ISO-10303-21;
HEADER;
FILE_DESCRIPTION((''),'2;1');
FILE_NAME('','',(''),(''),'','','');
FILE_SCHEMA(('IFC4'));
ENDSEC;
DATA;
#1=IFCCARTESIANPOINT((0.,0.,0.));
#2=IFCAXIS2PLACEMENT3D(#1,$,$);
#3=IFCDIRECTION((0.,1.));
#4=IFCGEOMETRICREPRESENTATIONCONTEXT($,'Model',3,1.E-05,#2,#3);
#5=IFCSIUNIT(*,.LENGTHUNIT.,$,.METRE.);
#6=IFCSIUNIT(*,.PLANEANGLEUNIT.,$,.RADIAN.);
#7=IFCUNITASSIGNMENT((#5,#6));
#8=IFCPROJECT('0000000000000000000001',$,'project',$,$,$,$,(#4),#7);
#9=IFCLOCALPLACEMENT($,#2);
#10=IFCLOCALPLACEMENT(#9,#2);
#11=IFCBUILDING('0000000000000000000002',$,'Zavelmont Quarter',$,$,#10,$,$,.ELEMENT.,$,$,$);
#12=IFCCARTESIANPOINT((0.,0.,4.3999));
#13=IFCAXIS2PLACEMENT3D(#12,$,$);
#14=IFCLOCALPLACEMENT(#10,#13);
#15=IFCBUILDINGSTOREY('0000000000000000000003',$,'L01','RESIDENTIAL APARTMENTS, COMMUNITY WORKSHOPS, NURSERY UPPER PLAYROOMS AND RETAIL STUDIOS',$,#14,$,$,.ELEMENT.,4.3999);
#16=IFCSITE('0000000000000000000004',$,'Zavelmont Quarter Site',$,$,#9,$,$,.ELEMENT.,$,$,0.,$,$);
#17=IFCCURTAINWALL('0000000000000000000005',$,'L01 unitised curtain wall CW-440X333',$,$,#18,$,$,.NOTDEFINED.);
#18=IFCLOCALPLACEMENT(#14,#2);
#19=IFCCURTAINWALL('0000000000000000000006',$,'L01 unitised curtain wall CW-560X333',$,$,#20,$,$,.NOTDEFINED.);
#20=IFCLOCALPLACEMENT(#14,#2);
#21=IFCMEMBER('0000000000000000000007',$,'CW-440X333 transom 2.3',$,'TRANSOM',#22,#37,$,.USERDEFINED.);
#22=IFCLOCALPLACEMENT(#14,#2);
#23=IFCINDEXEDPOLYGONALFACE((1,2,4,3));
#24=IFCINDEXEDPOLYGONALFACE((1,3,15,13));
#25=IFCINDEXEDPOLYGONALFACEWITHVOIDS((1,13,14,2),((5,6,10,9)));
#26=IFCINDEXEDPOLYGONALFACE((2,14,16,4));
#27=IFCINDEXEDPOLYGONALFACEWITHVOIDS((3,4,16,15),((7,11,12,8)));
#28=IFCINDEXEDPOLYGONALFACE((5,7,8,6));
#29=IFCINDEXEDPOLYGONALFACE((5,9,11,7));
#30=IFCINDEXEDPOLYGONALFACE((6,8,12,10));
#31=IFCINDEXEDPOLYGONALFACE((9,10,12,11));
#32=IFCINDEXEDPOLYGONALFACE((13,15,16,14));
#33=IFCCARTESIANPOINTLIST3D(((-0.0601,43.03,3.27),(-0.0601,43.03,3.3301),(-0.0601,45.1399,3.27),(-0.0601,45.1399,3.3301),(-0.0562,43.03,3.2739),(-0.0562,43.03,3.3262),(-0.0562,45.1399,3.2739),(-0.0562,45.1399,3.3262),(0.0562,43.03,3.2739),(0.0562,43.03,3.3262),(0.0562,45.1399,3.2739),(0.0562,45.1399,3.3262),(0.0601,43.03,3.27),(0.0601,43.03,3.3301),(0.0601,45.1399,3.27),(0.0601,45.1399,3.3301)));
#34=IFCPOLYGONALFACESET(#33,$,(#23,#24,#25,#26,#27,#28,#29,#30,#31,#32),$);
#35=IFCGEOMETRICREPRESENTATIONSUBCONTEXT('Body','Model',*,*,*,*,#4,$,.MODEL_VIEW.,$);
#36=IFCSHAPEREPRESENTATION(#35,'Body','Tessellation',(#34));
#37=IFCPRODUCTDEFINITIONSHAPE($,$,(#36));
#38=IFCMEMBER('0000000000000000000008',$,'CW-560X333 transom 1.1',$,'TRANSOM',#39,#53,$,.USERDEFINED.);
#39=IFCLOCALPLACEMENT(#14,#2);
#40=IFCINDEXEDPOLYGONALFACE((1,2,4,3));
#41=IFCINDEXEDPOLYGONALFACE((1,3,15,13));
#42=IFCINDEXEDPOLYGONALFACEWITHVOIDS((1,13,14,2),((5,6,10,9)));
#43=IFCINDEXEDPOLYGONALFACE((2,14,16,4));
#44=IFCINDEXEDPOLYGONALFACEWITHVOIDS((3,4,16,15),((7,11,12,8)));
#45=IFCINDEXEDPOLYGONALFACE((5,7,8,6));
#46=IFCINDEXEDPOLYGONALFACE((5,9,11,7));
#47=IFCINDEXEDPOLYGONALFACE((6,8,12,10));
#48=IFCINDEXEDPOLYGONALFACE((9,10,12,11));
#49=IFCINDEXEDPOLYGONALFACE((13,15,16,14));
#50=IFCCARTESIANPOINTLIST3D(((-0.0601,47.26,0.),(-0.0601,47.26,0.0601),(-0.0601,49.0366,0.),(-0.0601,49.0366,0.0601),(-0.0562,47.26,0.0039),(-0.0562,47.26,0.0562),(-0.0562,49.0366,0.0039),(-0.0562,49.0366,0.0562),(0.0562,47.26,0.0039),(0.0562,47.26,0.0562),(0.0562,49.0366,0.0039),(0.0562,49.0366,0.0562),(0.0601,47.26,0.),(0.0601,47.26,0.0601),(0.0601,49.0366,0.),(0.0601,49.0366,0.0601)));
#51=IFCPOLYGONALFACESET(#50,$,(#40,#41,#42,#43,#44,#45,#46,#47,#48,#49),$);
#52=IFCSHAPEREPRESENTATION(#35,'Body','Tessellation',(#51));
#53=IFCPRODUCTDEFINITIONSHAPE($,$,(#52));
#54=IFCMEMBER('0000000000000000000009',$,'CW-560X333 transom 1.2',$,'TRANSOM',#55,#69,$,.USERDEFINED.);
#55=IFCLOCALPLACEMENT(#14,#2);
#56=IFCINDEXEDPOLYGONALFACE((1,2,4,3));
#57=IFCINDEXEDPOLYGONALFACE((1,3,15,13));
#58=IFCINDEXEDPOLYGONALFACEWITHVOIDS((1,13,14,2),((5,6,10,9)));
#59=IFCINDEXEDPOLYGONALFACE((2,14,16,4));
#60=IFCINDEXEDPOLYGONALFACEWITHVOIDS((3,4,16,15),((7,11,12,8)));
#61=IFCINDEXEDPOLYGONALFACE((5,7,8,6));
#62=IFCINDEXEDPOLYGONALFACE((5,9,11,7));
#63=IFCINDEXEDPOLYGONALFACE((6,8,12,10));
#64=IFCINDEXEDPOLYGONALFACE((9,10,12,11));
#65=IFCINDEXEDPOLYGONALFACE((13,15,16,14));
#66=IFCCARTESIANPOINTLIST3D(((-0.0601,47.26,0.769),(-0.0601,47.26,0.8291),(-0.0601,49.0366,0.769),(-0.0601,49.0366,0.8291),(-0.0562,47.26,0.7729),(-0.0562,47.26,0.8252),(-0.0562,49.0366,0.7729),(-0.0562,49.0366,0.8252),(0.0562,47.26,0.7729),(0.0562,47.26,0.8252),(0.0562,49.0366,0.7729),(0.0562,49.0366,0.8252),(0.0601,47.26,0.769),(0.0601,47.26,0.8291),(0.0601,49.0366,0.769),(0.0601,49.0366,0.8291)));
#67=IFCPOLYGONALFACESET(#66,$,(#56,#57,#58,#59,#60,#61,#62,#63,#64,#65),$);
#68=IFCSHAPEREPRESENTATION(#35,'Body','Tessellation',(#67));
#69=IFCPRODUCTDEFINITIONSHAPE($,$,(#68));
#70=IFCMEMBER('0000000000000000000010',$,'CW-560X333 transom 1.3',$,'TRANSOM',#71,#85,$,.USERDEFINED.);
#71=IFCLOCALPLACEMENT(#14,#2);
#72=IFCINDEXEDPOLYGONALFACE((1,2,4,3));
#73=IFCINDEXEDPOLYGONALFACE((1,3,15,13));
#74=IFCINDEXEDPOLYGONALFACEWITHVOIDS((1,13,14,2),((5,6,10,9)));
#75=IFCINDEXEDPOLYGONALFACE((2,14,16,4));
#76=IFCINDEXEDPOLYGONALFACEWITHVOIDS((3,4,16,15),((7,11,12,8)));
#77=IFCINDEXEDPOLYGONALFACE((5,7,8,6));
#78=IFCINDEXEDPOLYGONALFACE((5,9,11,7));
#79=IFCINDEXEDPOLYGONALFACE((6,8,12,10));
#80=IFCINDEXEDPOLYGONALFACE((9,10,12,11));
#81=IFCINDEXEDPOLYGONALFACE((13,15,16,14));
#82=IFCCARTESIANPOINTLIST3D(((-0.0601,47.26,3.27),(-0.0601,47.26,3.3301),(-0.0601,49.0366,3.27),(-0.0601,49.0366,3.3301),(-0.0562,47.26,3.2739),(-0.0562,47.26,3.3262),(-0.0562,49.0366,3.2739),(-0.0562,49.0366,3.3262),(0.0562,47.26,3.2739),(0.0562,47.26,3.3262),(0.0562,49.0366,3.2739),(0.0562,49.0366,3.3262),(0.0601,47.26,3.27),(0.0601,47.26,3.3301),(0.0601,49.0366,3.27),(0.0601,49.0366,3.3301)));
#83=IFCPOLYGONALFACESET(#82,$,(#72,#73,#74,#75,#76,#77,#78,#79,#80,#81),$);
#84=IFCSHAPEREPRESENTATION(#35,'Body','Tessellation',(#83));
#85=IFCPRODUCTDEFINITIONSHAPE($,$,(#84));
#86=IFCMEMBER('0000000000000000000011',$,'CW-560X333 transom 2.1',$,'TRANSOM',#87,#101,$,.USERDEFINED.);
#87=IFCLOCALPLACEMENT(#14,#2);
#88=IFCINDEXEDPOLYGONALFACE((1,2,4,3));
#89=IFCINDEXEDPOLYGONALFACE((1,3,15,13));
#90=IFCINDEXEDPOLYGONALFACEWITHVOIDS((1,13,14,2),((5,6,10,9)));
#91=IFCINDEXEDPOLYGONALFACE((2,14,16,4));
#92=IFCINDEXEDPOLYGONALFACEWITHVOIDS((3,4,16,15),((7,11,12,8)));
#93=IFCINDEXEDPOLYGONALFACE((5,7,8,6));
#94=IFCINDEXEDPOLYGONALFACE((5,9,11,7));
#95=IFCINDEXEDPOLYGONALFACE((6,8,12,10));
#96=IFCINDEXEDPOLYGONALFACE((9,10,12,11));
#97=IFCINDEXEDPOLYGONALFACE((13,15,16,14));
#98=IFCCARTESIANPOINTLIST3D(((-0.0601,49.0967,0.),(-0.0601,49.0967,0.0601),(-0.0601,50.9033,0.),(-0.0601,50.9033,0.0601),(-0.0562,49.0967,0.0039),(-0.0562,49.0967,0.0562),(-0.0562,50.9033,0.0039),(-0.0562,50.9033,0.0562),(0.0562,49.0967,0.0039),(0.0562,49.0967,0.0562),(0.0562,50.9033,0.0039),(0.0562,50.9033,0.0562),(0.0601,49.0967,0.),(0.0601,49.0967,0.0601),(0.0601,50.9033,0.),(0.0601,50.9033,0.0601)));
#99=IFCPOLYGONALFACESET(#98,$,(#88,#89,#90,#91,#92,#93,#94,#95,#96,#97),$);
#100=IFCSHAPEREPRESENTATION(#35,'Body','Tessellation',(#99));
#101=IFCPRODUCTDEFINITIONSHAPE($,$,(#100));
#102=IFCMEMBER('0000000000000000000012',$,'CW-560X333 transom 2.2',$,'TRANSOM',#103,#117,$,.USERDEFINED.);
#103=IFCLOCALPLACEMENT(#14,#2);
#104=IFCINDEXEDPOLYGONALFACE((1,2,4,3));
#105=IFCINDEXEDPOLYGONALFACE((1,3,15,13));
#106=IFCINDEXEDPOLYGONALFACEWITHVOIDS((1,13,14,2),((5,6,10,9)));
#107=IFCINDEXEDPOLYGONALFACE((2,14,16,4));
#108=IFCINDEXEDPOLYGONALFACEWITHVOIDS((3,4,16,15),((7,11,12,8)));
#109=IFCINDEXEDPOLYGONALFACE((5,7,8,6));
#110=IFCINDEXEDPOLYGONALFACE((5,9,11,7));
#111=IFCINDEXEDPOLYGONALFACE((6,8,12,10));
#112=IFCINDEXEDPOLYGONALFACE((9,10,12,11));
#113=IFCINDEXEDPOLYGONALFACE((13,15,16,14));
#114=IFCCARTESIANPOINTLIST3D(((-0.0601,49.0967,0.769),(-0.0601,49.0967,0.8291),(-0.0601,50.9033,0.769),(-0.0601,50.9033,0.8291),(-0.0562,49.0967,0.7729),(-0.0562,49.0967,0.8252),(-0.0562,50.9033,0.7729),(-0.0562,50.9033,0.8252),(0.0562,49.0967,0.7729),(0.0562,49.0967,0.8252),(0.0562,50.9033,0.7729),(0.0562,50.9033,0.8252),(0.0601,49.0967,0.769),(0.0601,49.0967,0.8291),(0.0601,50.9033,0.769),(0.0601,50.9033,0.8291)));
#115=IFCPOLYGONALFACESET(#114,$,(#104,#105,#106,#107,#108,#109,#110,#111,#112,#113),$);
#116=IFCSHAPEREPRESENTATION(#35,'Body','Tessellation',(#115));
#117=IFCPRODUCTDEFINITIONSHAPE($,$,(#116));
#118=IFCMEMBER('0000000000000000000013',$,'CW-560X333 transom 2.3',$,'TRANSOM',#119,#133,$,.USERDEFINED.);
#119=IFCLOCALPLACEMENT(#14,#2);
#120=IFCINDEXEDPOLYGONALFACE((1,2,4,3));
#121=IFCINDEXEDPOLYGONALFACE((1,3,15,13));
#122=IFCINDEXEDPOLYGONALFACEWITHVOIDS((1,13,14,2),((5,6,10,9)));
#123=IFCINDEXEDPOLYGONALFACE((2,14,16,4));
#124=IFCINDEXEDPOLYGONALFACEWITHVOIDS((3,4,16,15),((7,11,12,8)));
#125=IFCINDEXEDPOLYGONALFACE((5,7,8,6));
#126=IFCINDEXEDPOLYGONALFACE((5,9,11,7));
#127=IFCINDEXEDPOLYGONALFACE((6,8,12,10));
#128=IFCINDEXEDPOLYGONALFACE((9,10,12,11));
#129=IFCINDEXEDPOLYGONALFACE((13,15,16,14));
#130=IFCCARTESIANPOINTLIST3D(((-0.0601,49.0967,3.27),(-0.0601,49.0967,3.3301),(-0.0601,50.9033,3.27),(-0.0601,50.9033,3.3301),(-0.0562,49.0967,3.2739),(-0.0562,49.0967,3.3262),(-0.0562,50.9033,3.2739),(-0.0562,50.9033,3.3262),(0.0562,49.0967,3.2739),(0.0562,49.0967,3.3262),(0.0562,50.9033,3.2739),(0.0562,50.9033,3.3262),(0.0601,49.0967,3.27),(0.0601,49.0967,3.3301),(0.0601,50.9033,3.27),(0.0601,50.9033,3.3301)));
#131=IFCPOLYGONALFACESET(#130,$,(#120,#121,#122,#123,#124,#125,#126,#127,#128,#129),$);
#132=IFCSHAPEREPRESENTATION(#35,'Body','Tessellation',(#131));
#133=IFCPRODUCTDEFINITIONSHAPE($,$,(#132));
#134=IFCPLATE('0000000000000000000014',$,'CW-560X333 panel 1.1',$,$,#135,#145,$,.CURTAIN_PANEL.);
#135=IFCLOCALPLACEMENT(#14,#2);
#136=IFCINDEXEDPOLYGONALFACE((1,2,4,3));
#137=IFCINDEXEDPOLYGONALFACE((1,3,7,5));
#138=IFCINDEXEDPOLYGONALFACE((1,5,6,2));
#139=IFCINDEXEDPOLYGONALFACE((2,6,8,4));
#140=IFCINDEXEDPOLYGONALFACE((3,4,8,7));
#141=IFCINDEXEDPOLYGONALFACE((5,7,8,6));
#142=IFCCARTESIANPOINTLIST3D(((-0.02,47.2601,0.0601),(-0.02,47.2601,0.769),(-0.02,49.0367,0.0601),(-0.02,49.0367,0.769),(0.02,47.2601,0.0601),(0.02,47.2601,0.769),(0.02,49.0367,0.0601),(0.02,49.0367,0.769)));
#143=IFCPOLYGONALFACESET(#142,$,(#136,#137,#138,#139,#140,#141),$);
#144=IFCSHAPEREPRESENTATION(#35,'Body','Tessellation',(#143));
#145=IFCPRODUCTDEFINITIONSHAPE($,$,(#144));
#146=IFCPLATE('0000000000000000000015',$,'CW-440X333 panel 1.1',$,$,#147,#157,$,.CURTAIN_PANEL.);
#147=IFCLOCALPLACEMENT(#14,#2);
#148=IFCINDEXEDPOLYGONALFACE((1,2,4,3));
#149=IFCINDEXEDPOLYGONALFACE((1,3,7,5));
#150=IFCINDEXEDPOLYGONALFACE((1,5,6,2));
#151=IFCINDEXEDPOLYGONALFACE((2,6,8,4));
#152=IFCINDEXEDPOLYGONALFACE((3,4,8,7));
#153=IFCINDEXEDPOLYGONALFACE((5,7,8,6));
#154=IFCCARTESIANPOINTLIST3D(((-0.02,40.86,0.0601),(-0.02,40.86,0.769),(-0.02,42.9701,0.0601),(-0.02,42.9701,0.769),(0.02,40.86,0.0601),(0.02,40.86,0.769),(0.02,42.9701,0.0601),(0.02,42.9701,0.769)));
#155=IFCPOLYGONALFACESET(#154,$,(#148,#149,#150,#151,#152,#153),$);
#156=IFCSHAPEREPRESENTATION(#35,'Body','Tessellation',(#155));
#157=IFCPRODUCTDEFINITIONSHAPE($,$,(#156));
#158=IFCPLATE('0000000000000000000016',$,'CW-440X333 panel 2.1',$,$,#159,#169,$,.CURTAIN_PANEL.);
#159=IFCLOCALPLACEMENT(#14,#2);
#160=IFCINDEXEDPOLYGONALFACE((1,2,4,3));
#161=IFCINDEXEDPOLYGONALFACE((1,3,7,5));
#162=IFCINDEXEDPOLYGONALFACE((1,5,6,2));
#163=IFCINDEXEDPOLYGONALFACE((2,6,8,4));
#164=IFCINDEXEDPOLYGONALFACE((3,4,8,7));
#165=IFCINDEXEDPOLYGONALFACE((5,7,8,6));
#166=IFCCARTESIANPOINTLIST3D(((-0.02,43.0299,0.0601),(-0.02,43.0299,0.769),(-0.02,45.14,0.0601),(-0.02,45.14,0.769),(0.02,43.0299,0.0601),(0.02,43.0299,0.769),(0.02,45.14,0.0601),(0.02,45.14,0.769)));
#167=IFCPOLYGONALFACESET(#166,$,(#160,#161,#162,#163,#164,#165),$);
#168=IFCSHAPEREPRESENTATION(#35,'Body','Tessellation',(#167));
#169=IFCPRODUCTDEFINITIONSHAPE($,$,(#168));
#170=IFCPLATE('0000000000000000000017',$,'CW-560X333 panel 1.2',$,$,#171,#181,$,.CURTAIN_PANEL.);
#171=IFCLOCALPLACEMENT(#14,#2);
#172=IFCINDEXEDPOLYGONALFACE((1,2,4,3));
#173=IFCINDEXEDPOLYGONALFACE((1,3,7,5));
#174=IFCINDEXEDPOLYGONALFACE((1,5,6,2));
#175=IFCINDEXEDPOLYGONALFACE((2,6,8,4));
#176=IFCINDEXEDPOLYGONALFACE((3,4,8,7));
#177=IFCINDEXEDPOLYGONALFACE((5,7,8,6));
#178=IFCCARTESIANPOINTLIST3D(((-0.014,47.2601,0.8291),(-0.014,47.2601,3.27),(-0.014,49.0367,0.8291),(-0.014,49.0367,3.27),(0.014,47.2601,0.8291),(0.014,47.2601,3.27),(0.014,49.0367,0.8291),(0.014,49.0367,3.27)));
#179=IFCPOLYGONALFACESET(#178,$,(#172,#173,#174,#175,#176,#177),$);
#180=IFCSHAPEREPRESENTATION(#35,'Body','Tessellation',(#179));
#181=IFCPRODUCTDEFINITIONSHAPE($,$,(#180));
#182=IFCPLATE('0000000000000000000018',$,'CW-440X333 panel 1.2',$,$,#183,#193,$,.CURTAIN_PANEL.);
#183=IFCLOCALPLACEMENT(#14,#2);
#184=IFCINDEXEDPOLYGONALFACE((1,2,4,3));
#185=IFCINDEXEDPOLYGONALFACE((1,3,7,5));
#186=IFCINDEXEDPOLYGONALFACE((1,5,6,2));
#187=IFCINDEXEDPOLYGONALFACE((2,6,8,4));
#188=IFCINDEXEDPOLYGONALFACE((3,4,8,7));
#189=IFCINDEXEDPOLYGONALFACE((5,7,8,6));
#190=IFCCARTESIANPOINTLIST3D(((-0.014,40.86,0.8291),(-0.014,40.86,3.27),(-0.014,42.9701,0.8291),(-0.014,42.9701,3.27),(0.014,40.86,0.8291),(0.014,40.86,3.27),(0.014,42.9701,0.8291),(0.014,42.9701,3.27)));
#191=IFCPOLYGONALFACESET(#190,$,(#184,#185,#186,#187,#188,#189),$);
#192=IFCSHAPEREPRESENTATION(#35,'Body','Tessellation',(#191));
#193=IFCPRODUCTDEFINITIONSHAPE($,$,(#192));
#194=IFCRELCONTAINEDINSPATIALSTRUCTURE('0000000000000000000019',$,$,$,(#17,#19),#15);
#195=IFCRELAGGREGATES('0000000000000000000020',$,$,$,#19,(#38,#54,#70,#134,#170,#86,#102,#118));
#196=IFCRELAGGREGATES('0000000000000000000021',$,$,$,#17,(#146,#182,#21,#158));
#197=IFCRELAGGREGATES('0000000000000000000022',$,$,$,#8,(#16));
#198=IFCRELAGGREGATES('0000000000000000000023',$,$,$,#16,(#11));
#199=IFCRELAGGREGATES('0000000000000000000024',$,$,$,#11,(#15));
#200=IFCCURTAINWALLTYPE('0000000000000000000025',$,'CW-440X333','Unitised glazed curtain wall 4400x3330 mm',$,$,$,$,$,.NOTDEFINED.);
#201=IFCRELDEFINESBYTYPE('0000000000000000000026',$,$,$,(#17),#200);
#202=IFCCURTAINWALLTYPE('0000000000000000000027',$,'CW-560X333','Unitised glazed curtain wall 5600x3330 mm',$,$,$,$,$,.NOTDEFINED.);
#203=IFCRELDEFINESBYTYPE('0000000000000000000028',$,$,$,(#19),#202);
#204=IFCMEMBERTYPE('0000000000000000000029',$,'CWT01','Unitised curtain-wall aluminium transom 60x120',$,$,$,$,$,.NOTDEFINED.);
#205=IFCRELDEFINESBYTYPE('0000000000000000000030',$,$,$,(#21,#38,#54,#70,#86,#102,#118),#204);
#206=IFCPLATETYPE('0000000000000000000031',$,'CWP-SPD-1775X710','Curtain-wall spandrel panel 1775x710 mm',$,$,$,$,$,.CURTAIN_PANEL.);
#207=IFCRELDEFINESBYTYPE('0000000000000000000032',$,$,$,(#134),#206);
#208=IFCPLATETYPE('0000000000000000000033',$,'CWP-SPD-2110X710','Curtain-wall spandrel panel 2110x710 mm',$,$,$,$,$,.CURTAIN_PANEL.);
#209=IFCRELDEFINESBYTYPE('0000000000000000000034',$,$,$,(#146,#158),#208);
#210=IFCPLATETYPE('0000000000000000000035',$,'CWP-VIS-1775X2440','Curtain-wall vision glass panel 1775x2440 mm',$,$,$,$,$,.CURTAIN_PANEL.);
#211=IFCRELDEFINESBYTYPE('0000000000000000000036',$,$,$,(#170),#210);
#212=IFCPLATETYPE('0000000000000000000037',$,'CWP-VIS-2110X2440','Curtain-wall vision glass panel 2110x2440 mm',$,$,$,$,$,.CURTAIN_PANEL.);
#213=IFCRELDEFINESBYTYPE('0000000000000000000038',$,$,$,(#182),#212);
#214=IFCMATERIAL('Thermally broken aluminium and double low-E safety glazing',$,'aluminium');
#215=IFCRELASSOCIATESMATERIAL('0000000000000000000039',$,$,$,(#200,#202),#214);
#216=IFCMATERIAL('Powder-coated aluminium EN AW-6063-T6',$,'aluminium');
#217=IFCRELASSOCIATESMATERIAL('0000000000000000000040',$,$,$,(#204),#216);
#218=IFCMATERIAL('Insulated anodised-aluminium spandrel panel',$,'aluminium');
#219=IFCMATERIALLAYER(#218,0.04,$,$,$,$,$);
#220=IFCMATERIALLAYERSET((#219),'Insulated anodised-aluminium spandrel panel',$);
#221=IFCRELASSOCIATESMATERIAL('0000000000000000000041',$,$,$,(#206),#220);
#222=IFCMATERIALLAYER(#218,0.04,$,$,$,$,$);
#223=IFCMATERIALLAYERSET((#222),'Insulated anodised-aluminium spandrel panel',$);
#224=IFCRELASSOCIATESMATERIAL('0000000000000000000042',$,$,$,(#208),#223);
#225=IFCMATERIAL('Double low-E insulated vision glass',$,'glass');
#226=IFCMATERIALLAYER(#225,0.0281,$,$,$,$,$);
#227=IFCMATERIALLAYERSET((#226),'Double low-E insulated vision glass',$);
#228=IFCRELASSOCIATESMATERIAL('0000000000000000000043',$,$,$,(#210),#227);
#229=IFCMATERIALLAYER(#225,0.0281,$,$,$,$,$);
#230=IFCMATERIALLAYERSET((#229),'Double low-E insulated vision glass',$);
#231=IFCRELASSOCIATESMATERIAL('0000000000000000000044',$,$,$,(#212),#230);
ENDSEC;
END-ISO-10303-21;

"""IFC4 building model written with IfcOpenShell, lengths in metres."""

from ifc_helpers import new_model, si_unit, direction, frame, origin, origin_2d, place, context, subcontext, project, spatial, rectangle, hollow_rectangle, extrude, material, layer, layer_set, material_profile, profile_set, type_object, element, aggregate, save


model = new_model("IFC4")

# Units and contexts
model_context = context("Model", 3, precision=1e-05, world=origin(), true_north=direction((0.0, 1.0)))
body_context = subcontext(model_context, "Body", "Model", "MODEL_VIEW")
ifc_project = project(units=[si_unit("LENGTHUNIT", "METRE"), si_unit("PLANEANGLEUNIT", "RADIAN")], contexts=[model_context])

# Site, building, storey
site_placement = place(None, origin())
site = spatial("IfcSite", under=ifc_project, at=site_placement, Name="Zavelmont Quarter Site", CompositionType="ELEMENT", RefElevation=0.0)
building_placement = place(site_placement, origin())
building = spatial("IfcBuilding", under=site, at=building_placement, Name="Zavelmont Quarter", CompositionType="ELEMENT")
storey_placement = place(building_placement, frame((0.0, 0.0, 4.3999)))
storey = spatial("IfcBuildingStorey", under=building, at=storey_placement, Name="L01", Description="RESIDENTIAL APARTMENTS, COMMUNITY WORKSHOPS, NURSERY UPPER PLAYROOMS AND RETAIL STUDIOS", CompositionType="ELEMENT", Elevation=4.3999)

# Curtain walls
ifc_material_1 = material(Name="Thermally broken aluminium and double low-E safety glazing", Category="aluminium")
curtain_wall_type_1 = type_object("IfcCurtainWallType", Name="CW-440X333", Description="Unitised glazed curtain wall 4400x3330 mm", PredefinedType="NOTDEFINED", material=ifc_material_1)
curtain_wall_1_placement = place(storey_placement, origin())
curtain_wall_1 = element("IfcCurtainWall", 1, at=curtain_wall_1_placement, inside=storey, type_object=curtain_wall_type_1, Name="L01 unitised curtain wall CW-440X333", PredefinedType="NOTDEFINED")
ifc_material_2 = material(Name="Powder-coated aluminium EN AW-6063-T6", Category="aluminium")
curtain_wall_type_2 = type_object("IfcCurtainWallType", Name="CW-560X333", Description="Unitised glazed curtain wall 5600x3330 mm", PredefinedType="NOTDEFINED", material=ifc_material_1)
curtain_wall_2_placement = place(storey_placement, origin())
curtain_wall_2 = element("IfcCurtainWall", 2, at=curtain_wall_2_placement, inside=storey, type_object=curtain_wall_type_2, Name="L01 unitised curtain wall CW-560X333", PredefinedType="NOTDEFINED")

# Members
ifc_material_profile_1 = material_profile(ifc_material_2, hollow_rectangle(XDim=0.1201, YDim=0.0601, WallThickness=0.0039, at=origin_2d()), Name="CWT60X120")
ifc_profile_set_1 = profile_set([ifc_material_profile_1], Name="Powder-coated aluminium EN AW-6063-T6")
member_type_1 = type_object("IfcMemberType", Name="CWT01", Description="Unitised curtain-wall aluminium transom 60x120", PredefinedType="NOTDEFINED", material=ifc_profile_set_1)
member_1_placement = place(storey_placement, frame((0.0, 43.03, 3.3), z_axis=(0.0, 1.0, 0.0), x_axis=(-1.0, 0.0, 0.0)))
member_1 = element("IfcMember", 3, at=member_1_placement, type_object=member_type_1, Name="CW-440X333 transom 2.3", ObjectType="TRANSOM", PredefinedType="USERDEFINED", context=body_context, shape_type="SweptSolid", body=[
    extrude(hollow_rectangle(XDim=0.1201, YDim=0.0601, WallThickness=0.0039, at=origin_2d()), origin(), (0.0, 0.0, 1.0), 2.1099),
])
member_2_placement = place(storey_placement, frame((0.0, 47.26, 0.03), z_axis=(0.0, 1.0, 0.0), x_axis=(-1.0, 0.0, 0.0)))
member_2 = element("IfcMember", 4, at=member_2_placement, type_object=member_type_1, Name="CW-560X333 transom 1.1", ObjectType="TRANSOM", PredefinedType="USERDEFINED", context=body_context, shape_type="SweptSolid", body=[
    extrude(hollow_rectangle(XDim=0.1201, YDim=0.0601, WallThickness=0.0039, at=origin_2d()), origin(), (0.0, 0.0, 1.0), 1.7766),
])
member_3_placement = place(storey_placement, frame((0.0, 47.26, 0.7991), z_axis=(0.0, 1.0, 0.0), x_axis=(-1.0, 0.0, 0.0)))
member_3 = element("IfcMember", 5, at=member_3_placement, type_object=member_type_1, Name="CW-560X333 transom 1.2", ObjectType="TRANSOM", PredefinedType="USERDEFINED", context=body_context, shape_type="SweptSolid", body=[
    extrude(hollow_rectangle(XDim=0.1201, YDim=0.0601, WallThickness=0.0039, at=origin_2d()), origin(), (0.0, 0.0, 1.0), 1.7766),
])
member_4_placement = place(storey_placement, frame((0.0, 47.26, 3.3), z_axis=(0.0, 1.0, 0.0), x_axis=(-1.0, 0.0, 0.0)))
member_4 = element("IfcMember", 6, at=member_4_placement, type_object=member_type_1, Name="CW-560X333 transom 1.3", ObjectType="TRANSOM", PredefinedType="USERDEFINED", context=body_context, shape_type="SweptSolid", body=[
    extrude(hollow_rectangle(XDim=0.1201, YDim=0.0601, WallThickness=0.0039, at=origin_2d()), origin(), (0.0, 0.0, 1.0), 1.7766),
])
member_5_placement = place(storey_placement, frame((0.0, 49.0967, 0.03), z_axis=(0.0, 1.0, 0.0), x_axis=(-1.0, 0.0, 0.0)))
member_5 = element("IfcMember", 7, at=member_5_placement, type_object=member_type_1, Name="CW-560X333 transom 2.1", ObjectType="TRANSOM", PredefinedType="USERDEFINED", context=body_context, shape_type="SweptSolid", body=[
    extrude(hollow_rectangle(XDim=0.1201, YDim=0.0601, WallThickness=0.0039, at=origin_2d()), origin(), (0.0, 0.0, 1.0), 1.8066),
])
member_6_placement = place(storey_placement, frame((0.0, 49.0967, 0.7991), z_axis=(0.0, 1.0, 0.0), x_axis=(-1.0, 0.0, 0.0)))
member_6 = element("IfcMember", 8, at=member_6_placement, type_object=member_type_1, Name="CW-560X333 transom 2.2", ObjectType="TRANSOM", PredefinedType="USERDEFINED", context=body_context, shape_type="SweptSolid", body=[
    extrude(hollow_rectangle(XDim=0.1201, YDim=0.0601, WallThickness=0.0039, at=origin_2d()), origin(), (0.0, 0.0, 1.0), 1.8066),
])
member_7_placement = place(storey_placement, frame((0.0, 49.0967, 3.3), z_axis=(0.0, 1.0, 0.0), x_axis=(-1.0, 0.0, 0.0)))
member_7 = element("IfcMember", 9, at=member_7_placement, type_object=member_type_1, Name="CW-560X333 transom 2.3", ObjectType="TRANSOM", PredefinedType="USERDEFINED", context=body_context, shape_type="SweptSolid", body=[
    extrude(hollow_rectangle(XDim=0.1201, YDim=0.0601, WallThickness=0.0039, at=origin_2d()), origin(), (0.0, 0.0, 1.0), 1.8066),
])

# Plates
ifc_material_3 = material(Name="Insulated anodised-aluminium spandrel panel", Category="aluminium")
ifc_layer_1 = layer(ifc_material_3, 0.04)
ifc_layer_set_1 = layer_set([ifc_layer_1], Name="Insulated anodised-aluminium spandrel panel")
plate_type_1 = type_object("IfcPlateType", Name="CWP-SPD-1775X710", Description="Curtain-wall spandrel panel 1775x710 mm", PredefinedType="CURTAIN_PANEL", material=ifc_layer_set_1)
plate_1_placement = place(storey_placement, frame((0.0, 48.1484, 0.0601), z_axis=(0.0, 0.0, 1.0), x_axis=(0.0, 1.0, 0.0)))
plate_1 = element("IfcPlate", 10, at=plate_1_placement, type_object=plate_type_1, Name="CW-560X333 panel 1.1", PredefinedType="CURTAIN_PANEL", context=body_context, shape_type="SweptSolid", body=[
    extrude(rectangle(XDim=1.7766, YDim=0.04, at=origin_2d()), origin(), (0.0, 0.0, 1.0), 0.709),
])
ifc_layer_2 = layer(ifc_material_3, 0.04)
ifc_layer_set_2 = layer_set([ifc_layer_2], Name="Insulated anodised-aluminium spandrel panel")
plate_type_2 = type_object("IfcPlateType", Name="CWP-SPD-2110X710", Description="Curtain-wall spandrel panel 2110x710 mm", PredefinedType="CURTAIN_PANEL", material=ifc_layer_set_2)
plate_2_placement = place(storey_placement, frame((0.0, 41.915, 0.0601), z_axis=(0.0, 0.0, 1.0), x_axis=(0.0, 1.0, 0.0)))
plate_2 = element("IfcPlate", 11, at=plate_2_placement, type_object=plate_type_2, Name="CW-440X333 panel 1.1", PredefinedType="CURTAIN_PANEL", context=body_context, shape_type="SweptSolid", body=[
    extrude(rectangle(XDim=2.1101, YDim=0.04, at=origin_2d()), origin(), (0.0, 0.0, 1.0), 0.709),
])
plate_3_placement = place(storey_placement, frame((0.0, 44.085, 0.0601), z_axis=(0.0, 0.0, 1.0), x_axis=(0.0, 1.0, 0.0)))
plate_3 = element("IfcPlate", 12, at=plate_3_placement, type_object=plate_type_2, Name="CW-440X333 panel 2.1", PredefinedType="CURTAIN_PANEL", context=body_context, shape_type="SweptSolid", body=[
    extrude(rectangle(XDim=2.1101, YDim=0.04, at=origin_2d()), origin(), (0.0, 0.0, 1.0), 0.709),
])
ifc_material_4 = material(Name="Double low-E insulated vision glass", Category="glass")
ifc_layer_3 = layer(ifc_material_4, 0.0281)
ifc_layer_set_3 = layer_set([ifc_layer_3], Name="Double low-E insulated vision glass")
plate_type_3 = type_object("IfcPlateType", Name="CWP-VIS-1775X2440", Description="Curtain-wall vision glass panel 1775x2440 mm", PredefinedType="CURTAIN_PANEL", material=ifc_layer_set_3)
plate_4_placement = place(storey_placement, frame((0.0, 48.1484, 0.8291), z_axis=(0.0, 0.0, 1.0), x_axis=(0.0, 1.0, 0.0)))
plate_4 = element("IfcPlate", 13, at=plate_4_placement, type_object=plate_type_3, Name="CW-560X333 panel 1.2", PredefinedType="CURTAIN_PANEL", context=body_context, shape_type="SweptSolid", body=[
    extrude(rectangle(XDim=1.7766, YDim=0.0281, at=origin_2d()), origin(), (0.0, 0.0, 1.0), 2.4409),
])
aggregate(curtain_wall_2, [member_2, member_3, member_4, plate_1, plate_4, member_5, member_6, member_7])
ifc_layer_4 = layer(ifc_material_4, 0.0281)
ifc_layer_set_4 = layer_set([ifc_layer_4], Name="Double low-E insulated vision glass")
plate_type_4 = type_object("IfcPlateType", Name="CWP-VIS-2110X2440", Description="Curtain-wall vision glass panel 2110x2440 mm", PredefinedType="CURTAIN_PANEL", material=ifc_layer_set_4)
plate_5_placement = place(storey_placement, frame((0.0, 41.915, 0.8291), z_axis=(0.0, 0.0, 1.0), x_axis=(0.0, 1.0, 0.0)))
plate_5 = element("IfcPlate", 14, at=plate_5_placement, type_object=plate_type_4, Name="CW-440X333 panel 1.2", PredefinedType="CURTAIN_PANEL", context=body_context, shape_type="SweptSolid", body=[
    extrude(rectangle(XDim=2.1101, YDim=0.0281, at=origin_2d()), origin(), (0.0, 0.0, 1.0), 2.4409),
])
aggregate(curtain_wall_1, [plate_2, plate_5, member_1, plate_3])

save(model, "model.ifc")
